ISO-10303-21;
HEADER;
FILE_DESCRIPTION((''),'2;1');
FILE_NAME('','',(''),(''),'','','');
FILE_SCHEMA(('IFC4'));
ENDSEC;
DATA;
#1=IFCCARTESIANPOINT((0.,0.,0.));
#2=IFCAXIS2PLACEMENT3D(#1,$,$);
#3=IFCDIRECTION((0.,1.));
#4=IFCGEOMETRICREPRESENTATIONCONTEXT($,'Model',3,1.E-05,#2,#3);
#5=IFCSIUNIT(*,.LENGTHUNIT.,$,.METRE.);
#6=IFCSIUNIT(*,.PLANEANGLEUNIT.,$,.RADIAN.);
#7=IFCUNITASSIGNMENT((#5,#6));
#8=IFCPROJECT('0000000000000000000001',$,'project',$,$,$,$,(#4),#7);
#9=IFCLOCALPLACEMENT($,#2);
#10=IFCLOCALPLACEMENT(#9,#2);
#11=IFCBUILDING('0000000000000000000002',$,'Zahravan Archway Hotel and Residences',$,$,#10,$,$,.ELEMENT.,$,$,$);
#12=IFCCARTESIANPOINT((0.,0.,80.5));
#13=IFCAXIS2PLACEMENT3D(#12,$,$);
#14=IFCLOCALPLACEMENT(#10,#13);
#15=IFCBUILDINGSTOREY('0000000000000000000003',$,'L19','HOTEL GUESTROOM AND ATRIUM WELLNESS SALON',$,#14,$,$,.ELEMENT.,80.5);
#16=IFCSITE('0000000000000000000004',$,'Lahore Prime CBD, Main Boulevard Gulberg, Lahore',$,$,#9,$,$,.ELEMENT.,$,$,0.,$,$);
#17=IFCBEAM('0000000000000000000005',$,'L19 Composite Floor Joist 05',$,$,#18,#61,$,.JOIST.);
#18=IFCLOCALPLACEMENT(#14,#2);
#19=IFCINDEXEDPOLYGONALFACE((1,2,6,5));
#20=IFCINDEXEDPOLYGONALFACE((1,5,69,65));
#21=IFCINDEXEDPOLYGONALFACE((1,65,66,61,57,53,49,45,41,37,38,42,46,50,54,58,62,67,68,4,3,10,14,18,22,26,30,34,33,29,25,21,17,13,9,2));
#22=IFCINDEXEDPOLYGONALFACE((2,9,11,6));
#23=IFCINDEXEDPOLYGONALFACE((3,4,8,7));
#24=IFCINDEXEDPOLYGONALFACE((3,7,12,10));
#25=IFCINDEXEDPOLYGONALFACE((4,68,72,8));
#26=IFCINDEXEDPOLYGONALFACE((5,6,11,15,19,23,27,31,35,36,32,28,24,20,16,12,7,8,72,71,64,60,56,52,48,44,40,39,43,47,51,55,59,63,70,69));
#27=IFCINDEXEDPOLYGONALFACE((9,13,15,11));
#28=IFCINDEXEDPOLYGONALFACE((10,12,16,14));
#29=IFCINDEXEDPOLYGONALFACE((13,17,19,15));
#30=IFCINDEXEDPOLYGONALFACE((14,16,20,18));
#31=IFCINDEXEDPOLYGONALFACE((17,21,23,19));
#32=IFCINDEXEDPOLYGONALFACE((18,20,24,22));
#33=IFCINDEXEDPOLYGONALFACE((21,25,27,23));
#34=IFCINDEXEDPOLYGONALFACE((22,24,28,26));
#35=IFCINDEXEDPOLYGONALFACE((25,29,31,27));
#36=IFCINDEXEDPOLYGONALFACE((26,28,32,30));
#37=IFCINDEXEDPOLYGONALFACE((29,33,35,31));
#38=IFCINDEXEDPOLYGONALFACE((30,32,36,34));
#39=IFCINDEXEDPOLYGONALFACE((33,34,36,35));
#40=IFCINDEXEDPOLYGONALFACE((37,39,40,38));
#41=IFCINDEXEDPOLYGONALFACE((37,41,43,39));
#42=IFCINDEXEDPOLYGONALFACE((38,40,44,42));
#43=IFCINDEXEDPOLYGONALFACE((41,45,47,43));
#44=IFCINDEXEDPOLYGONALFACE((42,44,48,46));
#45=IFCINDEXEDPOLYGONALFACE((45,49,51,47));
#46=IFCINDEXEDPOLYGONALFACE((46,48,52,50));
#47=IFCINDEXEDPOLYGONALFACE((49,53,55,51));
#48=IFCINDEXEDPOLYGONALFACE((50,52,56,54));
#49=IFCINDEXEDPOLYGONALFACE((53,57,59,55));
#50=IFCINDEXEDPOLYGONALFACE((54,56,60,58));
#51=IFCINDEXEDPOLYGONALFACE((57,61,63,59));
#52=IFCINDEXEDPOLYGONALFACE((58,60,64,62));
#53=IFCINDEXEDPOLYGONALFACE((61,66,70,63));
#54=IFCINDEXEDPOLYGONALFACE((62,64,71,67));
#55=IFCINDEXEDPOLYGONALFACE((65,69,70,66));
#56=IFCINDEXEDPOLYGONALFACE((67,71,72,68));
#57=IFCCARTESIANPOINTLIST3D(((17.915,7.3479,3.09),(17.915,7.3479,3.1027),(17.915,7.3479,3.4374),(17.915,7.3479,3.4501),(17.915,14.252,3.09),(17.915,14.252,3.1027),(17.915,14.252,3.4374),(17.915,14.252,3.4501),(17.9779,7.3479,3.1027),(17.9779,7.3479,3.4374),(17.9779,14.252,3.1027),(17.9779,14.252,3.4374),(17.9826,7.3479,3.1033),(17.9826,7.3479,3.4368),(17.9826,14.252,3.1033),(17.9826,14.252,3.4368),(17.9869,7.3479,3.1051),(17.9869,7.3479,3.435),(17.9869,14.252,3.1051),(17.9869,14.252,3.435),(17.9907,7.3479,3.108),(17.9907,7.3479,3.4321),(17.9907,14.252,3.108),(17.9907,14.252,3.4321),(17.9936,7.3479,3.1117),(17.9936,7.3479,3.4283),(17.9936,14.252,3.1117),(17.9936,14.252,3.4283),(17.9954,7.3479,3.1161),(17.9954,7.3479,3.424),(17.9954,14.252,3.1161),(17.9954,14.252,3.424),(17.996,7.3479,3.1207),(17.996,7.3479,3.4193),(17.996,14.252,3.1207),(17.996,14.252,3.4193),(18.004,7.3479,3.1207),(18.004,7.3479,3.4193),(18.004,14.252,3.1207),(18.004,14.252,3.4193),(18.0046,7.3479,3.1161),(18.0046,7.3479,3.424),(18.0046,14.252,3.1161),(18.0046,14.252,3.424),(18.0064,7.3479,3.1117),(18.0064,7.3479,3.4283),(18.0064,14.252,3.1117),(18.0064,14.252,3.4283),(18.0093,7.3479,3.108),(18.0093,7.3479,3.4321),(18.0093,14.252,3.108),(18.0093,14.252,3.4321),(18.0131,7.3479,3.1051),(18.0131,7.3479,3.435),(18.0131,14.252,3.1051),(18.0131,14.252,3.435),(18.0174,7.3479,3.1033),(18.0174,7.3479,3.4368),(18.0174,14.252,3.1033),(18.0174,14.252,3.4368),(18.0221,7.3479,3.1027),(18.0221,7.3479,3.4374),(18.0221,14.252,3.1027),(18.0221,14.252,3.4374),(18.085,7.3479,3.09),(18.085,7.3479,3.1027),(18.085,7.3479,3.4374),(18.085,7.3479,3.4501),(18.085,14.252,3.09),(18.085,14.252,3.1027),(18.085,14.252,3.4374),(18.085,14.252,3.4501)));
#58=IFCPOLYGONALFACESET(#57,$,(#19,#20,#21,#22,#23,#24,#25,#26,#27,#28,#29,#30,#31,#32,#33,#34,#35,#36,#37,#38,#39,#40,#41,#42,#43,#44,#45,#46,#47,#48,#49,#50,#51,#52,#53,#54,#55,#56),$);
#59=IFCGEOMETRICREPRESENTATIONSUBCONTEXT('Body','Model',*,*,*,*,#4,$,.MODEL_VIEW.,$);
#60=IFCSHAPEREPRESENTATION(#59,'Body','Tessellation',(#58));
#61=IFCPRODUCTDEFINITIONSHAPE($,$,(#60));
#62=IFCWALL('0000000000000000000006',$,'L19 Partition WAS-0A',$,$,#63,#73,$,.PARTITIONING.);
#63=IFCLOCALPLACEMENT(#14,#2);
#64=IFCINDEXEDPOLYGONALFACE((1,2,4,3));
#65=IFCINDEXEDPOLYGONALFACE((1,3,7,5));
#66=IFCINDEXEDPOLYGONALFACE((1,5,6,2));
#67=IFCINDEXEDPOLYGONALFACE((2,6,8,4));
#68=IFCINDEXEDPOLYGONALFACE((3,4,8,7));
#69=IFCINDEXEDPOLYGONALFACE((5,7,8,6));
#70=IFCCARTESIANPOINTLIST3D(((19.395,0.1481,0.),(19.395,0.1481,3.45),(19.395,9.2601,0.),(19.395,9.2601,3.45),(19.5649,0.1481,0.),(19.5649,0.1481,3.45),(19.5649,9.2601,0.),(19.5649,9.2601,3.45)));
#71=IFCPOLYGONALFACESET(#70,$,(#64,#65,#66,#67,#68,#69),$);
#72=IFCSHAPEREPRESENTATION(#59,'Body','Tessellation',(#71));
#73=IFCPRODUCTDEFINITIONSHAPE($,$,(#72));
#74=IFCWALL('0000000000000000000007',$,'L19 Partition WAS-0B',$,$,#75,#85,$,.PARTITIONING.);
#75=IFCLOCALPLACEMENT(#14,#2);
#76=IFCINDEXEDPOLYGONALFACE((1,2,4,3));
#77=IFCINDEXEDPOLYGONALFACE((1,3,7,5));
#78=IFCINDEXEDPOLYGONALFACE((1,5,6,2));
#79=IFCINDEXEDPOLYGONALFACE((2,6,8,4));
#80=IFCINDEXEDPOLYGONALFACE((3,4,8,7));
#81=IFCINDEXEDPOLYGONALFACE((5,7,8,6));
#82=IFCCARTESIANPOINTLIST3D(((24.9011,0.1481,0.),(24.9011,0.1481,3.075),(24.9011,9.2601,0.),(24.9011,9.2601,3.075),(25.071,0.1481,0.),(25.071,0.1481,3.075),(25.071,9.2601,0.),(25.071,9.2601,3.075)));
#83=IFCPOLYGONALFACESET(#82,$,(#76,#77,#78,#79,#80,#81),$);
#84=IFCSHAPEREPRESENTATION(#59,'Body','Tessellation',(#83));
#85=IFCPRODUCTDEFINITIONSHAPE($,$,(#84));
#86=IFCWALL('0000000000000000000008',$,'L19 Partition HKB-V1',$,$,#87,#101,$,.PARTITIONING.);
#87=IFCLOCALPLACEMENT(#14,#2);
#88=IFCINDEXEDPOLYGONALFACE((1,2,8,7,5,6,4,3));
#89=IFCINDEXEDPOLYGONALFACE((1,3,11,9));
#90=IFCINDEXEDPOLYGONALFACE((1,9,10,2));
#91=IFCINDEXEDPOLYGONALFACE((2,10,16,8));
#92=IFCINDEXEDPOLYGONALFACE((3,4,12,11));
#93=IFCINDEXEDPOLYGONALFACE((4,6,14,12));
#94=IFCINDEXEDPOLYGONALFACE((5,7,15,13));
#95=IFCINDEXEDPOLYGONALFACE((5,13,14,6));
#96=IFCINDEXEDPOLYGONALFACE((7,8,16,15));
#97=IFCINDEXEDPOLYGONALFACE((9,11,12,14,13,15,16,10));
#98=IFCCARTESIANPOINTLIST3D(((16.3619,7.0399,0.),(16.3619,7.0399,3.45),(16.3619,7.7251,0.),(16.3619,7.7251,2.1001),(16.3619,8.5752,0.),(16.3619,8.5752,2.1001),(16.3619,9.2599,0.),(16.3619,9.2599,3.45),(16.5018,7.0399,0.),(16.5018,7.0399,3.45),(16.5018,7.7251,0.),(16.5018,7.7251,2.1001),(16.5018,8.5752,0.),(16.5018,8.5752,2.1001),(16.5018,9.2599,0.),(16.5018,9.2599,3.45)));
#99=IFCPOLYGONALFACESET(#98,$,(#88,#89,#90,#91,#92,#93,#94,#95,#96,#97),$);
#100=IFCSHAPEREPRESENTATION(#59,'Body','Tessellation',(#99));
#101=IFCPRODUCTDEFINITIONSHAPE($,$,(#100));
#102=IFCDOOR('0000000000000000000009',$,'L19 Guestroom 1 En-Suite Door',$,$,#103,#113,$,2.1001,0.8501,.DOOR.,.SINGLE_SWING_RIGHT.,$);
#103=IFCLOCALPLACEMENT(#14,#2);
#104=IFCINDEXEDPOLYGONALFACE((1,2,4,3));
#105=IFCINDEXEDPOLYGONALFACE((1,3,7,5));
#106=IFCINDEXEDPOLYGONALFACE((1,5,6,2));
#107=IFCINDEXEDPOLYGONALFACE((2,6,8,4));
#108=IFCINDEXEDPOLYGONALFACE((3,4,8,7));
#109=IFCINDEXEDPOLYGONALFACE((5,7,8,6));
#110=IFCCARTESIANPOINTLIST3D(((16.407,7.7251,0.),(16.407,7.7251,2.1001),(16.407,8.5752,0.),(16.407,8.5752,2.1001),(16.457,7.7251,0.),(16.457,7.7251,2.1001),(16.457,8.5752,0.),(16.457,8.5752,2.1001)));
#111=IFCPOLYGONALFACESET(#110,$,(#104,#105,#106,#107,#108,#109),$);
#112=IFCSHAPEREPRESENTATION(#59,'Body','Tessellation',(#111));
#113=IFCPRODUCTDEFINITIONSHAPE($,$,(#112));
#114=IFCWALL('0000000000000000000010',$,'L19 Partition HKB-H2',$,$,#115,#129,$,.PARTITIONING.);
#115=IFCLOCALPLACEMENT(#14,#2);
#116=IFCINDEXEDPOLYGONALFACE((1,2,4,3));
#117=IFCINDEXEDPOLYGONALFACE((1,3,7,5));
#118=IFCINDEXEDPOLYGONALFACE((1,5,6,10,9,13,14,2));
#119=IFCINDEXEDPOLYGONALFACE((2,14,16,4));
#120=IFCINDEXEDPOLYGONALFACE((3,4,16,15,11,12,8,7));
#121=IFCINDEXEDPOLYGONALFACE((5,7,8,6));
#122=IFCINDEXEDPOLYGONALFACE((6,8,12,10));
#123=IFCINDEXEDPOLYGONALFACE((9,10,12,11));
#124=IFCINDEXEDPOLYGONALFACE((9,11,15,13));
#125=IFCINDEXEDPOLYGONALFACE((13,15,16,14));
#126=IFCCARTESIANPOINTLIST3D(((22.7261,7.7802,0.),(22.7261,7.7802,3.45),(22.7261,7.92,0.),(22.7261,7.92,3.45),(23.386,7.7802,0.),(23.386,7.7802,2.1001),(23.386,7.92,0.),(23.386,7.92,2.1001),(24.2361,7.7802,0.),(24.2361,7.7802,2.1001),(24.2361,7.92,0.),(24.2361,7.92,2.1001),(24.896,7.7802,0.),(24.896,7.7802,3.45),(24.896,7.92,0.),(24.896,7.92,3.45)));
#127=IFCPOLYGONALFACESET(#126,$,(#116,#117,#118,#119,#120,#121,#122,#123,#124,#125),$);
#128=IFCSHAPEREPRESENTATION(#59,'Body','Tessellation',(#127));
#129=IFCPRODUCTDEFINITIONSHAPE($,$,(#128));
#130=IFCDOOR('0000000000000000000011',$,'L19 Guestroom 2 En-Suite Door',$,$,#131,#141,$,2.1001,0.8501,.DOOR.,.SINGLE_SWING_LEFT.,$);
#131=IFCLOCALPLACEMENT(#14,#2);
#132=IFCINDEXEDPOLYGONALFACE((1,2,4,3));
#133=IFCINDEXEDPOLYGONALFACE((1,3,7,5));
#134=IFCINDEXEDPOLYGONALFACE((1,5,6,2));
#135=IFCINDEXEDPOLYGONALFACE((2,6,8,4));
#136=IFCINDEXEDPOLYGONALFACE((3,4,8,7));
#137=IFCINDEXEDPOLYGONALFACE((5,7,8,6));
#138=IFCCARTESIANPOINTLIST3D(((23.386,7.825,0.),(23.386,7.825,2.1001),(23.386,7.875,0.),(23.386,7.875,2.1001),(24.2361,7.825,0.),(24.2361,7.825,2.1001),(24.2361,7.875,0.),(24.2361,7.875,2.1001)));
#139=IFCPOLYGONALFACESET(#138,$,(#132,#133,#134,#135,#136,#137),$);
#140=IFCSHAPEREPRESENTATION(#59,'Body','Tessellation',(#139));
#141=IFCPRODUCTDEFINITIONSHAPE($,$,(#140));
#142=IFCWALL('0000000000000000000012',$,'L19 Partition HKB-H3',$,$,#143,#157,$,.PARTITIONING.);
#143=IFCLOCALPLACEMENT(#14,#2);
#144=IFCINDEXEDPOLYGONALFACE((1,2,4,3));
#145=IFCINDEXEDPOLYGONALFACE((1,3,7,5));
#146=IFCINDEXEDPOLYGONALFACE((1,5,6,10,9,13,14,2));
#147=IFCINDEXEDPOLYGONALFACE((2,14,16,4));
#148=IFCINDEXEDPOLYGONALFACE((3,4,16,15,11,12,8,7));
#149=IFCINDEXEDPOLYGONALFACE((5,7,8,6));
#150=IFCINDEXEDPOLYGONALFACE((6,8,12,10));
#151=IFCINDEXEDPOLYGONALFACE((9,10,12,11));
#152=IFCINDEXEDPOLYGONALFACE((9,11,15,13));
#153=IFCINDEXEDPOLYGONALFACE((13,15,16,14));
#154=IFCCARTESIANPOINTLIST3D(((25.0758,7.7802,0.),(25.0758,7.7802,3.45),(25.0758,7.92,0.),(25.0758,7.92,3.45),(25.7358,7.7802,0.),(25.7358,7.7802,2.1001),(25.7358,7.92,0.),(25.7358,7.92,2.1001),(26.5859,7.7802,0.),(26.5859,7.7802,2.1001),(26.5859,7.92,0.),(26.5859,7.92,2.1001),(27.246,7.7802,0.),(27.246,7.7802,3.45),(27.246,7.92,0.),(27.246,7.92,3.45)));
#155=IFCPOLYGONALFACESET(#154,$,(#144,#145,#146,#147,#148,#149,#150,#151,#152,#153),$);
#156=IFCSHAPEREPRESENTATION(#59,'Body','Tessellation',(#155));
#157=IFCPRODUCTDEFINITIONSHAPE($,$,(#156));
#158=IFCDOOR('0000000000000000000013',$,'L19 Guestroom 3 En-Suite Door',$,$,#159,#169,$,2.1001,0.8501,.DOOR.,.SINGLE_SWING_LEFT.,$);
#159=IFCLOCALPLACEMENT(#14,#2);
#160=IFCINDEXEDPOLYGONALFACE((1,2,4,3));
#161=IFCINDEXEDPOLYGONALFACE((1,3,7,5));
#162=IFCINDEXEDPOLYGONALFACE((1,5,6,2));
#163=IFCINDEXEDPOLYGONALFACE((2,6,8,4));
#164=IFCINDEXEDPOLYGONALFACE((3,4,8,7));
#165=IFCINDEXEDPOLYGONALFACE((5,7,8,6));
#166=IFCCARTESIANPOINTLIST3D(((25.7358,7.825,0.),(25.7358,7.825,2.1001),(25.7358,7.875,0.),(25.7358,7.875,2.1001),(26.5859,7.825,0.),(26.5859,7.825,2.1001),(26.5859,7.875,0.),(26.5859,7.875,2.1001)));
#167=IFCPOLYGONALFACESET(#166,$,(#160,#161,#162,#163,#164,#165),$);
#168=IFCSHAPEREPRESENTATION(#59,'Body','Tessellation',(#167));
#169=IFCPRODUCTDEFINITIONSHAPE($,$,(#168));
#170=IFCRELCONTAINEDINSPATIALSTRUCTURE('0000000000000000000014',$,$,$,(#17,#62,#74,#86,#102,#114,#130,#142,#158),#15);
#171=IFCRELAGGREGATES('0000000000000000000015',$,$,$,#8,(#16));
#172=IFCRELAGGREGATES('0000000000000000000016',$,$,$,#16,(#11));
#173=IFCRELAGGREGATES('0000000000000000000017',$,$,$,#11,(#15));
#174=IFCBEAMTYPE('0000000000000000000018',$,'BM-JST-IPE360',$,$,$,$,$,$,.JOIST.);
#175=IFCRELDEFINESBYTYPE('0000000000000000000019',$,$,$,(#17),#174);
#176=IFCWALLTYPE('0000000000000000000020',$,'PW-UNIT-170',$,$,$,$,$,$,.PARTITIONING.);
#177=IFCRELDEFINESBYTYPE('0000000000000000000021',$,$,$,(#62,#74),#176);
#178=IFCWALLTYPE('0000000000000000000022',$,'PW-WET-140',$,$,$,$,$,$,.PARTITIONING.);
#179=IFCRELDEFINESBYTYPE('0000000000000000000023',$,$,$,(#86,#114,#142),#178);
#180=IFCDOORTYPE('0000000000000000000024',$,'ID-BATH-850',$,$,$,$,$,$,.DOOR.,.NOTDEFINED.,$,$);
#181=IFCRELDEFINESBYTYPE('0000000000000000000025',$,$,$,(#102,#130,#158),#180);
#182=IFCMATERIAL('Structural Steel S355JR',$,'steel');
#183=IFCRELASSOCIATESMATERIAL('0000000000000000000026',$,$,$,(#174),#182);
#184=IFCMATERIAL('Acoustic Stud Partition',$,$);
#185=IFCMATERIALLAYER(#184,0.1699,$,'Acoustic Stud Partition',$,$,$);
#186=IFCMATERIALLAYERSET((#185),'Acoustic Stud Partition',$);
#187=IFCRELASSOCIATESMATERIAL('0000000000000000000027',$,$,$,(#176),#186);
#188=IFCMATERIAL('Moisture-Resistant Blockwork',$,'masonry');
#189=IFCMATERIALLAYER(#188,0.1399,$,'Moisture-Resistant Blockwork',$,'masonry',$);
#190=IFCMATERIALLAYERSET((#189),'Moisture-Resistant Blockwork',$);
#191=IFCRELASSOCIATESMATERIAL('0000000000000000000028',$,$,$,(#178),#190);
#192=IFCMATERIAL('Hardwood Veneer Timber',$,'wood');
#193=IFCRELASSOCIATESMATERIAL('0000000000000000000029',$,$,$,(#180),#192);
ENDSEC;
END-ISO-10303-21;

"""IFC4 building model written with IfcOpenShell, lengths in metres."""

from ifc_helpers import new_model, si_unit, direction, frame, frame_2d, origin, origin_2d, place, context, subcontext, project, spatial, rectangle, i_section, extrude, source, transform, mapped, material, layer, layer_set, material_profile, profile_set, type_object, type_shapes, element, fill, save


model = new_model("IFC4")

# Units and contexts
model_context = context("Model", 3, precision=1e-05, world=origin(), true_north=direction((0.0, 1.0)))
body_context = subcontext(model_context, "Body", "Model", "MODEL_VIEW")
ifc_project = project(units=[si_unit("LENGTHUNIT", "METRE"), si_unit("PLANEANGLEUNIT", "RADIAN")], contexts=[model_context])

# Site, building, storey
site_placement = place(None, origin())
site = spatial("IfcSite", under=ifc_project, at=site_placement, Name="Lahore Prime CBD, Main Boulevard Gulberg, Lahore", CompositionType="ELEMENT", RefElevation=0.0)
building_placement = place(site_placement, origin())
building = spatial("IfcBuilding", under=site, at=building_placement, Name="Zahravan Archway Hotel and Residences", CompositionType="ELEMENT")
storey_placement = place(building_placement, frame((0.0, 0.0, 80.5)))
storey = spatial("IfcBuildingStorey", under=building, at=storey_placement, Name="L19", Description="HOTEL GUESTROOM AND ATRIUM WELLNESS SALON", CompositionType="ELEMENT", Elevation=80.5)

# Beam
ifc_material_1 = material(Name="Structural Steel S355JR", Category="steel")
ifc_material_profile_1 = material_profile(ifc_material_1, i_section(OverallWidth=0.1699, OverallDepth=0.3601, WebThickness=0.0081, FlangeThickness=0.0127, FilletRadius=0.0181, at=origin_2d()), Name="IPE 360", Category="steel")
ifc_profile_set_1 = profile_set([ifc_material_profile_1], Name="Structural Steel S355JR")
beam_type_1 = type_object("IfcBeamType", Name="BM-JST-IPE360", PredefinedType="JOIST", material=ifc_profile_set_1)
shared_shape_1 = source(origin(), body_context, "Body", "SweptSolid", [
    extrude(i_section(OverallWidth=0.1699, OverallDepth=0.3601, WebThickness=0.0081, FlangeThickness=0.0127, FilletRadius=0.0181, at=origin_2d()), origin(), (0.0, 0.0, 1.0), 6.9041),
])
type_shapes(beam_type_1, [shared_shape_1])
for number, where, z_axis, x_axis, name in (
    (1, (18.0, 7.3479, 3.27), (0.0, 1.0, 0.0), (-1.0, 0.0, 0.0), "L19 Composite Floor Joist 05"),
):
    element("IfcBeam", number, at=place(storey_placement, frame(where, z_axis=z_axis, x_axis=x_axis)), inside=storey, type_object=beam_type_1, Name=name, PredefinedType="JOIST", context=body_context, shape_type="MappedRepresentation", body=[
        mapped(shared_shape_1, transform((0.0, 0.0, 0.0), scale=1.0)),
    ])

# Walls
ifc_material_2 = material(Name="Acoustic Stud Partition")
ifc_layer_1 = layer(ifc_material_2, 0.1699, Name="Acoustic Stud Partition")
ifc_layer_set_1 = layer_set([ifc_layer_1], Name="Acoustic Stud Partition")
wall_type_1 = type_object("IfcWallType", Name="PW-UNIT-170", PredefinedType="PARTITIONING", material=ifc_layer_set_1)
wall_1_placement = place(storey_placement, frame((19.48, 0.1479, 0.0), z_axis=(0.0, 0.0, 1.0), x_axis=(0.0, 1.0, 0.0)))
element("IfcWall", 2, at=wall_1_placement, inside=storey, type_object=wall_type_1, Name="L19 Partition WAS-0A", PredefinedType="PARTITIONING", context=body_context, shape_type="SweptSolid", body=[
    extrude(rectangle(XDim=9.1121, YDim=0.1699, at=frame_2d((4.5562, 0.0))), origin(), (0.0, 0.0, 1.0), 3.45),
])
wall_2_placement = place(storey_placement, frame((24.9861, 0.1479, 0.0), z_axis=(0.0, 0.0, 1.0), x_axis=(0.0, 1.0, 0.0)))
element("IfcWall", 3, at=wall_2_placement, inside=storey, type_object=wall_type_1, Name="L19 Partition WAS-0B", PredefinedType="PARTITIONING", context=body_context, shape_type="SweptSolid", body=[
    extrude(rectangle(XDim=9.1121, YDim=0.1699, at=frame_2d((4.5562, 0.0))), origin(), (0.0, 0.0, 1.0), 3.075),
])

# Walls, openings, doors
ifc_material_3 = material(Name="Moisture-Resistant Blockwork", Category="masonry")
ifc_layer_2 = layer(ifc_material_3, 0.1399, Name="Moisture-Resistant Blockwork", Category="masonry")
ifc_layer_set_2 = layer_set([ifc_layer_2], Name="Moisture-Resistant Blockwork")
wall_type_2 = type_object("IfcWallType", Name="PW-WET-140", PredefinedType="PARTITIONING", material=ifc_layer_set_2)
wall_3_placement = place(storey_placement, frame((16.4319, 7.04, 0.0), z_axis=(0.0, 0.0, 1.0), x_axis=(0.0, 1.0, 0.0)))
wall_3 = element("IfcWall", 4, at=wall_3_placement, inside=storey, type_object=wall_type_2, Name="L19 Partition HKB-V1", PredefinedType="PARTITIONING", context=body_context, shape_type="SweptSolid", body=[
    extrude(rectangle(XDim=2.22, YDim=0.1399, at=frame_2d((1.1099, 0.0))), origin(), (0.0, 0.0, 1.0), 3.45),
])
opening_1_placement = place(wall_3_placement, frame((0.6851, 0.0, 0.0)))
opening_1 = element("IfcOpeningElement", 5, at=opening_1_placement, cuts=wall_3, PredefinedType="OPENING", context=body_context, shape_type="SweptSolid", body=[
    extrude(rectangle(XDim=0.8501, YDim=2.1001, at=frame_2d((0.425, 1.05))), frame((0.0, 0.0801, 0.0), z_axis=(0.0, -1.0, 0.0), x_axis=(1.0, 0.0, 0.0)), (0.0, 0.0, 1.0), 0.1599),
])
ifc_material_4 = material(Name="Hardwood Veneer Timber", Category="wood")
door_type = type_object("IfcDoorType", Name="ID-BATH-850", OperationType="NOTDEFINED", PredefinedType="DOOR", material=ifc_material_4)
shared_shape_2 = source(origin(), body_context, "Body", "SweptSolid", [
    extrude(rectangle(XDim=0.8501, YDim=2.1001, at=frame_2d((0.425, 1.05))), frame((0.0, 0.0249, 0.0), z_axis=(0.0, -1.0, 0.0), x_axis=(1.0, 0.0, 0.0)), (0.0, 0.0, 1.0), 0.05),
])
type_shapes(door_type, [shared_shape_2])
door_1_placement = place(opening_1_placement, origin())
door_1 = element("IfcDoor", 6, at=door_1_placement, inside=storey, type_object=door_type, Name="L19 Guestroom 1 En-Suite Door", OperationType="SINGLE_SWING_RIGHT", OverallHeight=2.1001, OverallWidth=0.8501, PredefinedType="DOOR", context=body_context, shape_type="MappedRepresentation", body=[
    mapped(shared_shape_2, transform((0.0, 0.0, 0.0), scale=1.0)),
])
fill(opening_1, door_1)
wall_4_placement = place(storey_placement, frame((22.7261, 7.8501, 0.0), z_axis=(0.0, 0.0, 1.0), x_axis=(1.0, 0.0, 0.0)))
wall_4 = element("IfcWall", 7, at=wall_4_placement, inside=storey, type_object=wall_type_2, Name="L19 Partition HKB-H2", PredefinedType="PARTITIONING", context=body_context, shape_type="SweptSolid", body=[
    extrude(rectangle(XDim=2.1699, YDim=0.1399, at=frame_2d((1.085, 0.0))), origin(), (0.0, 0.0, 1.0), 3.45),
])
opening_2_placement = place(wall_4_placement, frame((0.6599, 0.0, 0.0)))
opening_2 = element("IfcOpeningElement", 8, at=opening_2_placement, cuts=wall_4, PredefinedType="OPENING", context=body_context, shape_type="SweptSolid", body=[
    extrude(rectangle(XDim=0.8501, YDim=2.1001, at=frame_2d((0.425, 1.05))), frame((0.0, 0.0801, 0.0), z_axis=(0.0, -1.0, 0.0), x_axis=(1.0, 0.0, 0.0)), (0.0, 0.0, 1.0), 0.1599),
])
door_2_placement = place(opening_2_placement, origin())
door_2 = element("IfcDoor", 9, at=door_2_placement, inside=storey, type_object=door_type, Name="L19 Guestroom 2 En-Suite Door", OperationType="SINGLE_SWING_LEFT", OverallHeight=2.1001, OverallWidth=0.8501, PredefinedType="DOOR", context=body_context, shape_type="MappedRepresentation", body=[
    mapped(shared_shape_2, transform((0.0, 0.0, 0.0), scale=1.0)),
])
fill(opening_2, door_2)
wall_5_placement = place(storey_placement, frame((25.0759, 7.8501, 0.0), z_axis=(0.0, 0.0, 1.0), x_axis=(1.0, 0.0, 0.0)))
wall_5 = element("IfcWall", 10, at=wall_5_placement, inside=storey, type_object=wall_type_2, Name="L19 Partition HKB-H3", PredefinedType="PARTITIONING", context=body_context, shape_type="SweptSolid", body=[
    extrude(rectangle(XDim=2.1702, YDim=0.1399, at=frame_2d((1.085, 0.0))), origin(), (0.0, 0.0, 1.0), 3.45),
])
opening_3_placement = place(wall_5_placement, frame((0.6599, 0.0, 0.0)))
opening_3 = element("IfcOpeningElement", 11, at=opening_3_placement, cuts=wall_5, PredefinedType="OPENING", context=body_context, shape_type="SweptSolid", body=[
    extrude(rectangle(XDim=0.8501, YDim=2.1001, at=frame_2d((0.425, 1.05))), frame((0.0, 0.0801, 0.0), z_axis=(0.0, -1.0, 0.0), x_axis=(1.0, 0.0, 0.0)), (0.0, 0.0, 1.0), 0.1599),
])
door_3_placement = place(opening_3_placement, origin())
door_3 = element("IfcDoor", 12, at=door_3_placement, inside=storey, type_object=door_type, Name="L19 Guestroom 3 En-Suite Door", OperationType="SINGLE_SWING_LEFT", OverallHeight=2.1001, OverallWidth=0.8501, PredefinedType="DOOR", context=body_context, shape_type="MappedRepresentation", body=[
    mapped(shared_shape_2, transform((0.0, 0.0, 0.0), scale=1.0)),
])
fill(opening_3, door_3)

save(model, "model.ifc")
